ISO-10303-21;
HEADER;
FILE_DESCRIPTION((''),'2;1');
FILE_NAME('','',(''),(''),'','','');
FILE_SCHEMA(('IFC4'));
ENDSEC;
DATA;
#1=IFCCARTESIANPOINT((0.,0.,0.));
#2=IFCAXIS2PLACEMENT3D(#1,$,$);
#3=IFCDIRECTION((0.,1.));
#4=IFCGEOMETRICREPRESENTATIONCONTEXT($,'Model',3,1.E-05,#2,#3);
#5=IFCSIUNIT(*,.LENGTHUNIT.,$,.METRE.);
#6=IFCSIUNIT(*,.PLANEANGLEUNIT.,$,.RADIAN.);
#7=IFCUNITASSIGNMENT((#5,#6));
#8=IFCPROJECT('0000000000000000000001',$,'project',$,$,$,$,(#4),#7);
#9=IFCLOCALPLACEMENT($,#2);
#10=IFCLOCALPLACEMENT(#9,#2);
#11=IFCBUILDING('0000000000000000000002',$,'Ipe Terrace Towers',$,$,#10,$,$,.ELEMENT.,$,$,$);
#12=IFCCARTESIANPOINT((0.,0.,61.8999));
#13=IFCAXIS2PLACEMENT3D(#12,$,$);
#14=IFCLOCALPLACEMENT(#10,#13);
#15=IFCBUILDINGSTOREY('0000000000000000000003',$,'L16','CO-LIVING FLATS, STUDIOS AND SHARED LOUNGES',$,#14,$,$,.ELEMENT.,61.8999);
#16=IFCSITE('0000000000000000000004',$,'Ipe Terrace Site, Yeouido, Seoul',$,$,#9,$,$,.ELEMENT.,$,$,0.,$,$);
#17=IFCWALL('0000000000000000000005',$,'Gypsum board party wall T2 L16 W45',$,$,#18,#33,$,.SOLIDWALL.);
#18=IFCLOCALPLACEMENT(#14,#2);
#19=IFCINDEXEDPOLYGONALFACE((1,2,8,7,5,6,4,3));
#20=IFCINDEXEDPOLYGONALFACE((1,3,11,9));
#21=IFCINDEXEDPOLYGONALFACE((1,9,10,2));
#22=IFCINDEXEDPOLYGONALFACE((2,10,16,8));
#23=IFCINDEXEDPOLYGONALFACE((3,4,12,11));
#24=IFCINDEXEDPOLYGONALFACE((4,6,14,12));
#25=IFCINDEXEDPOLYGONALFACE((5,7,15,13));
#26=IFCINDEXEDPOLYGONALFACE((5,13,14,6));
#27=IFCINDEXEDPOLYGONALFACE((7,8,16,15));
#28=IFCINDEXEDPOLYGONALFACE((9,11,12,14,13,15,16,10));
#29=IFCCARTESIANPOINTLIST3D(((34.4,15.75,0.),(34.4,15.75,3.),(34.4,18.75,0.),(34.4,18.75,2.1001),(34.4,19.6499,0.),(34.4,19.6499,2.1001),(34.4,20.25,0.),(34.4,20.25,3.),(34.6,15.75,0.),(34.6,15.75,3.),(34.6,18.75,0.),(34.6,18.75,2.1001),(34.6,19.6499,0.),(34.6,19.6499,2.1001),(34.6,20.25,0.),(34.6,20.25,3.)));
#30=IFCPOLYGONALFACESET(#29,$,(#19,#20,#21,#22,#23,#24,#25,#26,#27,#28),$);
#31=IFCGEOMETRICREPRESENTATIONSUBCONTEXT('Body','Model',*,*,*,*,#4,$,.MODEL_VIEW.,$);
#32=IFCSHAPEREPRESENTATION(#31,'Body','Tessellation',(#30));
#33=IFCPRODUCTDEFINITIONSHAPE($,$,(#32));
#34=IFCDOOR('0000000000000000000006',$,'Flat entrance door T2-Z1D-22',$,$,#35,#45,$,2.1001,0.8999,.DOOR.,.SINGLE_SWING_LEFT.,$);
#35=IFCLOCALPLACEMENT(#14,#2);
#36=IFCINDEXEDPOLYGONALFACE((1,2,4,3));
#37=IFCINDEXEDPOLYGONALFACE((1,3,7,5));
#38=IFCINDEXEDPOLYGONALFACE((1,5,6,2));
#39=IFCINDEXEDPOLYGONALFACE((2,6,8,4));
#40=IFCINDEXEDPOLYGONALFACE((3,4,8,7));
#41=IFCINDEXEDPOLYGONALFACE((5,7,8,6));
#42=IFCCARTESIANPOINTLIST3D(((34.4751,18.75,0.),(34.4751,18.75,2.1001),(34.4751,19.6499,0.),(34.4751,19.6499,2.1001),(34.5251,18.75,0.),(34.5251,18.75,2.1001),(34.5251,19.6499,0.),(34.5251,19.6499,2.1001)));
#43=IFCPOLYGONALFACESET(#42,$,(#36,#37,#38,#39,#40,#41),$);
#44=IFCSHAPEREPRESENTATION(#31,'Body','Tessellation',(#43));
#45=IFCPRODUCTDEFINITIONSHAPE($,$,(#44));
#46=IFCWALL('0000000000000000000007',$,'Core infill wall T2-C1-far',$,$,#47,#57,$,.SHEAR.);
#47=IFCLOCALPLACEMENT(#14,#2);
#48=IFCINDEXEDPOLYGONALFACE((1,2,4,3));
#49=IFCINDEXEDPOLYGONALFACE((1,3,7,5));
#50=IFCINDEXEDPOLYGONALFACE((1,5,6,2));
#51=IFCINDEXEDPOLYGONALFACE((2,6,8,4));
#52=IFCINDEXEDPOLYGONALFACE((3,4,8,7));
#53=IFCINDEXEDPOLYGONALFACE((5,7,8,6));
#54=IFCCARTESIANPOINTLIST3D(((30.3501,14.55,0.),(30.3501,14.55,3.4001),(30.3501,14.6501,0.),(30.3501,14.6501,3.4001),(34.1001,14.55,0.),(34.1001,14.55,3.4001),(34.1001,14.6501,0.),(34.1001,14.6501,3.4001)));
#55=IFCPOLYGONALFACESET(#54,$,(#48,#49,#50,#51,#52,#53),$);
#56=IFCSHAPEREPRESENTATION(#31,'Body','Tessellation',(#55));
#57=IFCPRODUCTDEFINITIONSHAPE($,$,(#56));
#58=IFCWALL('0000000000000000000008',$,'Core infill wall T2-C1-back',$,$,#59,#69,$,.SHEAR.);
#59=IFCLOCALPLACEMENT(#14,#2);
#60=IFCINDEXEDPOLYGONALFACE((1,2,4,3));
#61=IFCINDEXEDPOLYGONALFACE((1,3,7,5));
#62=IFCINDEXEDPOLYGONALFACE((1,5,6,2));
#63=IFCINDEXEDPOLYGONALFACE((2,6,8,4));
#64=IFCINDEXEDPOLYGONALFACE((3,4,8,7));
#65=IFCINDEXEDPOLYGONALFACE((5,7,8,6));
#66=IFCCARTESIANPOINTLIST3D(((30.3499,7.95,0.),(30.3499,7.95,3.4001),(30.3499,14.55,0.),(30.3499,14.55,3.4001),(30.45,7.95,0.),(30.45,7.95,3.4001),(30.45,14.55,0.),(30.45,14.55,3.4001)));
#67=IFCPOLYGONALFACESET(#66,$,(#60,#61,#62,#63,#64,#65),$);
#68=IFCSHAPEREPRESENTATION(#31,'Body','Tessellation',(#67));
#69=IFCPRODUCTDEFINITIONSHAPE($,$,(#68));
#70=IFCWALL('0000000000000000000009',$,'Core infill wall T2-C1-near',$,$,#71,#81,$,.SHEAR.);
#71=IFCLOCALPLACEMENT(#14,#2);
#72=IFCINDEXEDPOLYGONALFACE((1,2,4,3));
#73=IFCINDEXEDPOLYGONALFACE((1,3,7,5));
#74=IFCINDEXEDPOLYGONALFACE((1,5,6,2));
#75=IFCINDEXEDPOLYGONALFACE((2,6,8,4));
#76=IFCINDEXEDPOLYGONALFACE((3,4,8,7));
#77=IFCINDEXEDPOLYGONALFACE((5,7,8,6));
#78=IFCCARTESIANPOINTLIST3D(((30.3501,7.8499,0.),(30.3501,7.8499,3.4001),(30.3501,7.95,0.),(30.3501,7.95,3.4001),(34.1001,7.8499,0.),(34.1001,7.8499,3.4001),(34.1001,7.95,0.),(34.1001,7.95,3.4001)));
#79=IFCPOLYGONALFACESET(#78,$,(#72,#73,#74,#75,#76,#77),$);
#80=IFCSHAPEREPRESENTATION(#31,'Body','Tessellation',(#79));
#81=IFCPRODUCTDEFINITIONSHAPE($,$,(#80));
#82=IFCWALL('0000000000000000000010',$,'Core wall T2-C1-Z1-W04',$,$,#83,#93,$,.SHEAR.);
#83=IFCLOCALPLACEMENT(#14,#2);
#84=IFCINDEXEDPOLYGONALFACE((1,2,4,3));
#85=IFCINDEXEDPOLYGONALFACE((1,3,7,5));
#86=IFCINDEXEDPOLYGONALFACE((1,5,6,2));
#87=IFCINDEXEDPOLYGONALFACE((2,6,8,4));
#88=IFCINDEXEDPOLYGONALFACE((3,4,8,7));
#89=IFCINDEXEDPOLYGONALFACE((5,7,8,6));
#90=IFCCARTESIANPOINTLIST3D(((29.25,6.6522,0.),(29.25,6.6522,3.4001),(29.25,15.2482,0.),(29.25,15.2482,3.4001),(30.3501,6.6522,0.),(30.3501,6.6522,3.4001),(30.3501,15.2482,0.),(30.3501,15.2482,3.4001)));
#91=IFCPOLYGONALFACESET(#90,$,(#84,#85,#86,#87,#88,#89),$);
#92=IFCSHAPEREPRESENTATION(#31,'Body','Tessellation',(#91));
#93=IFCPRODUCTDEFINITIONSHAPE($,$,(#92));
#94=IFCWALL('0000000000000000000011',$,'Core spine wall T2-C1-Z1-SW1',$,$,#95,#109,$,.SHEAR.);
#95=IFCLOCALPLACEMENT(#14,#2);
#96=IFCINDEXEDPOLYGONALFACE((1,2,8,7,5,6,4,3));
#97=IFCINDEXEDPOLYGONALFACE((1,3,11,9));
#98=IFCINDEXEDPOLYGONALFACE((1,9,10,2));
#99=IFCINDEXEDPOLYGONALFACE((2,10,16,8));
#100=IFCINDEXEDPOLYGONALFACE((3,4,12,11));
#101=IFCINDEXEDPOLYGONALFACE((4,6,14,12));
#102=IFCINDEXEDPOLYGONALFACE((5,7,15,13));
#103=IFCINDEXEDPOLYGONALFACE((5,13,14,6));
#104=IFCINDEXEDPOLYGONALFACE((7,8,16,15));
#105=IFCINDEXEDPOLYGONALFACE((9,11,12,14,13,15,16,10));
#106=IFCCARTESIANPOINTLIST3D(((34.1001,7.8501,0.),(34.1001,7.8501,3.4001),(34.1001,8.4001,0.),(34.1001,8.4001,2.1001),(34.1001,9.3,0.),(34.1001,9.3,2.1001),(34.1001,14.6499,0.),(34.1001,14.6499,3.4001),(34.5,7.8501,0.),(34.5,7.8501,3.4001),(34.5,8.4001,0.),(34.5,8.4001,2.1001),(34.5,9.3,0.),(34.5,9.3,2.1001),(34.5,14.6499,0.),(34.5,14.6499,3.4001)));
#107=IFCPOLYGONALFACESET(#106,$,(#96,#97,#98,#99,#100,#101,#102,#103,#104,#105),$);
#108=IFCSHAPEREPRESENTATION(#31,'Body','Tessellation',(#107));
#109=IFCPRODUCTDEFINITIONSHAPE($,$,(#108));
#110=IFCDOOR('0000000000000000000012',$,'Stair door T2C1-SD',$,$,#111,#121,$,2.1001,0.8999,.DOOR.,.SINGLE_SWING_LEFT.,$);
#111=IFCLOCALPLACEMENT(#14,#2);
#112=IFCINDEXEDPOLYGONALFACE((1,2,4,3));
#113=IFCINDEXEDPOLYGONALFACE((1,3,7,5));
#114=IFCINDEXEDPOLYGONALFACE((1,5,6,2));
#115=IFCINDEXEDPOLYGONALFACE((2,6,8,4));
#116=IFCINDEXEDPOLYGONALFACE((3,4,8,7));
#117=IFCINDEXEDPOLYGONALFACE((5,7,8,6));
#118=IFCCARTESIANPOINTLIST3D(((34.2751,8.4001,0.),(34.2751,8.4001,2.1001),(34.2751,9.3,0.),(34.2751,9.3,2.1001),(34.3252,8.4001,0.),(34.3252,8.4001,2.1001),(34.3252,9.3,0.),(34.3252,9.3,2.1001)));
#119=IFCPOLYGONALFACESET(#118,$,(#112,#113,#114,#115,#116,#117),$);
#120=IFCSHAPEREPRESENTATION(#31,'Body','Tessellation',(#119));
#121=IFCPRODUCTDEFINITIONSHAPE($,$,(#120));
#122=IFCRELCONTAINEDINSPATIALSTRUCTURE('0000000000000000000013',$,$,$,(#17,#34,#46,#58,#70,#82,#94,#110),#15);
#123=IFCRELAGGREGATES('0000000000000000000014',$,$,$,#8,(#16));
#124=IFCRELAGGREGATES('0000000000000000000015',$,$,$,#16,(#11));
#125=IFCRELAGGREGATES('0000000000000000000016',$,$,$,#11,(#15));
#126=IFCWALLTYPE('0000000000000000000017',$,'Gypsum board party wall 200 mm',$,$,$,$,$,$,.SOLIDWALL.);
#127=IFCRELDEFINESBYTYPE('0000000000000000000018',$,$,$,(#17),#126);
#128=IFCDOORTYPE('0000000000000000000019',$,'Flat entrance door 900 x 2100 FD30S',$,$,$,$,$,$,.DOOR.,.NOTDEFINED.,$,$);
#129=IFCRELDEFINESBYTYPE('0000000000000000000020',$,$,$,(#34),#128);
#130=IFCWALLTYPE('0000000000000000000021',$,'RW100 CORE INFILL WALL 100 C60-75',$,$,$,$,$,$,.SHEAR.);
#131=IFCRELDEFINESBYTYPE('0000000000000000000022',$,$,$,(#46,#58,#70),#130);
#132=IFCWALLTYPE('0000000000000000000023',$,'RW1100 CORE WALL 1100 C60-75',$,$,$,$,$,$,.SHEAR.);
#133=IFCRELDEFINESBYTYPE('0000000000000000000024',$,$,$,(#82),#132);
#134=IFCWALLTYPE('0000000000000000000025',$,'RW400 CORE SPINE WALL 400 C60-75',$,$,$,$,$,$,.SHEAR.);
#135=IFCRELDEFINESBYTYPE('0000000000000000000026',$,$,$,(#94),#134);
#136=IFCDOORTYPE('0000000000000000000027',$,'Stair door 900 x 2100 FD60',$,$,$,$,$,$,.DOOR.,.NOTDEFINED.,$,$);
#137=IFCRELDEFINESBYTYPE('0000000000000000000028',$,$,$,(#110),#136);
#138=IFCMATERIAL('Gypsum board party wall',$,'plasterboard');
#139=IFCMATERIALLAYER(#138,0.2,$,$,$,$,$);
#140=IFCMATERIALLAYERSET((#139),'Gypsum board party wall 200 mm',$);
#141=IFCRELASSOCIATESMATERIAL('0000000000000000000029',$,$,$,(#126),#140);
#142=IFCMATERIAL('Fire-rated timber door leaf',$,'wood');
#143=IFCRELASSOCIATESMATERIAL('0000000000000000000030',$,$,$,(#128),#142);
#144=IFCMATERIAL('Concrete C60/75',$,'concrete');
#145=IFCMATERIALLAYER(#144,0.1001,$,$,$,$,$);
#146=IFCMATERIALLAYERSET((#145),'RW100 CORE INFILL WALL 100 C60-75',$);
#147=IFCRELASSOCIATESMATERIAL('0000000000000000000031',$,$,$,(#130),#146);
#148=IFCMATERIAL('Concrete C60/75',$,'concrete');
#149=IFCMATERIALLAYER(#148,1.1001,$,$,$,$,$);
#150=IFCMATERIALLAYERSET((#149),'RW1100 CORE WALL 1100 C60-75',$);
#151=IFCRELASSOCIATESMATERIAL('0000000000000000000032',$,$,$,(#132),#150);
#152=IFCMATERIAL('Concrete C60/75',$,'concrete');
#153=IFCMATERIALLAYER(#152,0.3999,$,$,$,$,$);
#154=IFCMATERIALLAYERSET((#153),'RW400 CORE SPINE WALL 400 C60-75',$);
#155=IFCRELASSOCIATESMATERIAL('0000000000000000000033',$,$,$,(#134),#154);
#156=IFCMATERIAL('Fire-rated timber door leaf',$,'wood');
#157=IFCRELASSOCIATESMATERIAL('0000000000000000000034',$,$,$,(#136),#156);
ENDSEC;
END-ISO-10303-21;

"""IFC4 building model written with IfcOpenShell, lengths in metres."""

from ifc_helpers import new_model, si_unit, direction, frame, frame_2d, origin, place, context, subcontext, project, spatial, rectangle, extrude, material, layer, layer_set, type_object, element, fill, save


model = new_model("IFC4")

# Units and contexts
model_context = context("Model", 3, precision=1e-05, world=origin(), true_north=direction((0.0, 1.0)))
body_context = subcontext(model_context, "Body", "Model", "MODEL_VIEW")
ifc_project = project(units=[si_unit("LENGTHUNIT", "METRE"), si_unit("PLANEANGLEUNIT", "RADIAN")], contexts=[model_context])

# Site, building, storey
site_placement = place(None, origin())
site = spatial("IfcSite", under=ifc_project, at=site_placement, Name="Ipe Terrace Site, Yeouido, Seoul", CompositionType="ELEMENT", RefElevation=0.0)
building_placement = place(site_placement, origin())
building = spatial("IfcBuilding", under=site, at=building_placement, Name="Ipe Terrace Towers", CompositionType="ELEMENT")
storey_placement = place(building_placement, frame((0.0, 0.0, 61.8999)))
storey = spatial("IfcBuildingStorey", under=building, at=storey_placement, Name="L16", Description="CO-LIVING FLATS, STUDIOS AND SHARED LOUNGES", CompositionType="ELEMENT", Elevation=61.8999)

# Wall, opening, door
ifc_material_1 = material(Name="Gypsum board party wall", Category="plasterboard")
ifc_layer_1 = layer(ifc_material_1, 0.2)
ifc_layer_set_1 = layer_set([ifc_layer_1], Name="Gypsum board party wall 200 mm")
wall_type_1 = type_object("IfcWallType", Name="Gypsum board party wall 200 mm", PredefinedType="SOLIDWALL", material=ifc_layer_set_1)
wall_1_placement = place(storey_placement, frame((34.5, 15.75, 0.0), z_axis=(0.0, 0.0, 1.0), x_axis=(0.0, 1.0, 0.0)))
wall_1 = element("IfcWall", 1, at=wall_1_placement, inside=storey, type_object=wall_type_1, Name="Gypsum board party wall T2 L16 W45", PredefinedType="SOLIDWALL", context=body_context, shape_type="SweptSolid", body=[
    extrude(rectangle(XDim=4.5, YDim=0.2, at=frame_2d((2.25, 0.0))), origin(), (0.0, 0.0, 1.0), 3.0),
])
opening_1_placement = place(wall_1_placement, frame((3.0, 0.0, 0.0)))
opening_1 = element("IfcOpeningElement", 2, at=opening_1_placement, cuts=wall_1, PredefinedType="OPENING", context=body_context, shape_type="SweptSolid", body=[
    extrude(rectangle(XDim=0.8999, YDim=2.1001, at=frame_2d((0.45, 1.05))), frame((0.0, 0.1099, 0.0), z_axis=(0.0, -1.0, 0.0), x_axis=(1.0, 0.0, 0.0)), (0.0, 0.0, 1.0), 0.22),
])
ifc_material_2 = material(Name="Fire-rated timber door leaf", Category="wood")
door_type_1 = type_object("IfcDoorType", Name="Flat entrance door 900 x 2100 FD30S", OperationType="NOTDEFINED", PredefinedType="DOOR", material=ifc_material_2)
door_1_placement = place(opening_1_placement, origin())
door_1 = element("IfcDoor", 3, at=door_1_placement, inside=storey, type_object=door_type_1, Name="Flat entrance door T2-Z1D-22", OperationType="SINGLE_SWING_LEFT", OverallHeight=2.1001, OverallWidth=0.8999, PredefinedType="DOOR", context=body_context, shape_type="SweptSolid", body=[
    extrude(rectangle(XDim=0.8999, YDim=2.1001, at=frame_2d((0.45, 1.05))), frame((0.0, 0.0249, 0.0), z_axis=(0.0, -1.0, 0.0), x_axis=(1.0, 0.0, 0.0)), (0.0, 0.0, 1.0), 0.05),
])
fill(opening_1, door_1)

# Walls
ifc_material_3 = material(Name="Concrete C60/75", Category="concrete")
ifc_layer_2 = layer(ifc_material_3, 0.1001)
ifc_layer_set_2 = layer_set([ifc_layer_2], Name="RW100 CORE INFILL WALL 100 C60-75")
wall_type_2 = type_object("IfcWallType", Name="RW100 CORE INFILL WALL 100 C60-75", PredefinedType="SHEAR", material=ifc_layer_set_2)
wall_2_placement = place(storey_placement, frame((34.1001, 14.6001, 0.0), z_axis=(0.0, 0.0, 1.0), x_axis=(-1.0, 0.0, 0.0)))
element("IfcWall", 4, at=wall_2_placement, inside=storey, type_object=wall_type_2, Name="Core infill wall T2-C1-far", PredefinedType="SHEAR", context=body_context, shape_type="SweptSolid", body=[
    extrude(rectangle(XDim=3.75, YDim=0.1001, at=frame_2d((1.875, 0.0))), origin(), (0.0, 0.0, 1.0), 3.4001),
])
wall_3_placement = place(storey_placement, frame((30.3999, 7.95, 0.0), z_axis=(0.0, 0.0, 1.0), x_axis=(0.0, 1.0, 0.0)))
element("IfcWall", 5, at=wall_3_placement, inside=storey, type_object=wall_type_2, Name="Core infill wall T2-C1-back", PredefinedType="SHEAR", context=body_context, shape_type="SweptSolid", body=[
    extrude(rectangle(XDim=6.6001, YDim=0.1001, at=frame_2d((3.3, 0.0))), origin(), (0.0, 0.0, 1.0), 3.4001),
])
wall_4_placement = place(storey_placement, frame((34.1001, 7.8999, 0.0), z_axis=(0.0, 0.0, 1.0), x_axis=(-1.0, 0.0, 0.0)))
element("IfcWall", 6, at=wall_4_placement, inside=storey, type_object=wall_type_2, Name="Core infill wall T2-C1-near", PredefinedType="SHEAR", context=body_context, shape_type="SweptSolid", body=[
    extrude(rectangle(XDim=3.75, YDim=0.1001, at=frame_2d((1.875, 0.0))), origin(), (0.0, 0.0, 1.0), 3.4001),
])
ifc_material_4 = material(Name="Concrete C60/75", Category="concrete")
ifc_layer_3 = layer(ifc_material_4, 1.1001)
ifc_layer_set_3 = layer_set([ifc_layer_3], Name="RW1100 CORE WALL 1100 C60-75")
wall_type_3 = type_object("IfcWallType", Name="RW1100 CORE WALL 1100 C60-75", PredefinedType="SHEAR", material=ifc_layer_set_3)
wall_5_placement = place(storey_placement, frame((29.8, 15.248, 0.0), z_axis=(0.0, 0.0, 1.0), x_axis=(0.0, -1.0, 0.0)))
element("IfcWall", 7, at=wall_5_placement, inside=storey, type_object=wall_type_3, Name="Core wall T2-C1-Z1-W04", PredefinedType="SHEAR", context=body_context, shape_type="SweptSolid", body=[
    extrude(rectangle(XDim=8.5959, YDim=1.1001, at=frame_2d((4.2979, 0.0))), origin(), (0.0, 0.0, 1.0), 3.4001),
])

# Wall, opening, door
ifc_material_5 = material(Name="Concrete C60/75", Category="concrete")
ifc_layer_4 = layer(ifc_material_5, 0.3999)
ifc_layer_set_4 = layer_set([ifc_layer_4], Name="RW400 CORE SPINE WALL 400 C60-75")
wall_type_4 = type_object("IfcWallType", Name="RW400 CORE SPINE WALL 400 C60-75", PredefinedType="SHEAR", material=ifc_layer_set_4)
wall_6_placement = place(storey_placement, frame((34.3, 7.8501, 0.0), z_axis=(0.0, 0.0, 1.0), x_axis=(0.0, 1.0, 0.0)))
wall_6 = element("IfcWall", 8, at=wall_6_placement, inside=storey, type_object=wall_type_4, Name="Core spine wall T2-C1-Z1-SW1", PredefinedType="SHEAR", context=body_context, shape_type="SweptSolid", body=[
    extrude(rectangle(XDim=6.7998, YDim=0.3999, at=frame_2d((3.3999, 0.0))), origin(), (0.0, 0.0, 1.0), 3.4001),
])
opening_2_placement = place(wall_6_placement, frame((0.55, 0.0, 0.0)))
opening_2 = element("IfcOpeningElement", 9, at=opening_2_placement, cuts=wall_6, PredefinedType="OPENING", context=body_context, shape_type="SweptSolid", body=[
    extrude(rectangle(XDim=0.8999, YDim=2.1001, at=frame_2d((0.45, 1.05))), frame((0.0, 0.21, 0.0), z_axis=(0.0, -1.0, 0.0), x_axis=(1.0, 0.0, 0.0)), (0.0, 0.0, 1.0), 0.4199),
])
ifc_material_6 = material(Name="Fire-rated timber door leaf", Category="wood")
door_type_2 = type_object("IfcDoorType", Name="Stair door 900 x 2100 FD60", OperationType="NOTDEFINED", PredefinedType="DOOR", material=ifc_material_6)
door_2_placement = place(opening_2_placement, origin())
door_2 = element("IfcDoor", 10, at=door_2_placement, inside=storey, type_object=door_type_2, Name="Stair door T2C1-SD", OperationType="SINGLE_SWING_LEFT", OverallHeight=2.1001, OverallWidth=0.8999, PredefinedType="DOOR", context=body_context, shape_type="SweptSolid", body=[
    extrude(rectangle(XDim=0.8999, YDim=2.1001, at=frame_2d((0.45, 1.05))), frame((0.0, 0.0249, 0.0), z_axis=(0.0, -1.0, 0.0), x_axis=(1.0, 0.0, 0.0)), (0.0, 0.0, 1.0), 0.05),
])
fill(opening_2, door_2)

save(model, "model.ifc")
